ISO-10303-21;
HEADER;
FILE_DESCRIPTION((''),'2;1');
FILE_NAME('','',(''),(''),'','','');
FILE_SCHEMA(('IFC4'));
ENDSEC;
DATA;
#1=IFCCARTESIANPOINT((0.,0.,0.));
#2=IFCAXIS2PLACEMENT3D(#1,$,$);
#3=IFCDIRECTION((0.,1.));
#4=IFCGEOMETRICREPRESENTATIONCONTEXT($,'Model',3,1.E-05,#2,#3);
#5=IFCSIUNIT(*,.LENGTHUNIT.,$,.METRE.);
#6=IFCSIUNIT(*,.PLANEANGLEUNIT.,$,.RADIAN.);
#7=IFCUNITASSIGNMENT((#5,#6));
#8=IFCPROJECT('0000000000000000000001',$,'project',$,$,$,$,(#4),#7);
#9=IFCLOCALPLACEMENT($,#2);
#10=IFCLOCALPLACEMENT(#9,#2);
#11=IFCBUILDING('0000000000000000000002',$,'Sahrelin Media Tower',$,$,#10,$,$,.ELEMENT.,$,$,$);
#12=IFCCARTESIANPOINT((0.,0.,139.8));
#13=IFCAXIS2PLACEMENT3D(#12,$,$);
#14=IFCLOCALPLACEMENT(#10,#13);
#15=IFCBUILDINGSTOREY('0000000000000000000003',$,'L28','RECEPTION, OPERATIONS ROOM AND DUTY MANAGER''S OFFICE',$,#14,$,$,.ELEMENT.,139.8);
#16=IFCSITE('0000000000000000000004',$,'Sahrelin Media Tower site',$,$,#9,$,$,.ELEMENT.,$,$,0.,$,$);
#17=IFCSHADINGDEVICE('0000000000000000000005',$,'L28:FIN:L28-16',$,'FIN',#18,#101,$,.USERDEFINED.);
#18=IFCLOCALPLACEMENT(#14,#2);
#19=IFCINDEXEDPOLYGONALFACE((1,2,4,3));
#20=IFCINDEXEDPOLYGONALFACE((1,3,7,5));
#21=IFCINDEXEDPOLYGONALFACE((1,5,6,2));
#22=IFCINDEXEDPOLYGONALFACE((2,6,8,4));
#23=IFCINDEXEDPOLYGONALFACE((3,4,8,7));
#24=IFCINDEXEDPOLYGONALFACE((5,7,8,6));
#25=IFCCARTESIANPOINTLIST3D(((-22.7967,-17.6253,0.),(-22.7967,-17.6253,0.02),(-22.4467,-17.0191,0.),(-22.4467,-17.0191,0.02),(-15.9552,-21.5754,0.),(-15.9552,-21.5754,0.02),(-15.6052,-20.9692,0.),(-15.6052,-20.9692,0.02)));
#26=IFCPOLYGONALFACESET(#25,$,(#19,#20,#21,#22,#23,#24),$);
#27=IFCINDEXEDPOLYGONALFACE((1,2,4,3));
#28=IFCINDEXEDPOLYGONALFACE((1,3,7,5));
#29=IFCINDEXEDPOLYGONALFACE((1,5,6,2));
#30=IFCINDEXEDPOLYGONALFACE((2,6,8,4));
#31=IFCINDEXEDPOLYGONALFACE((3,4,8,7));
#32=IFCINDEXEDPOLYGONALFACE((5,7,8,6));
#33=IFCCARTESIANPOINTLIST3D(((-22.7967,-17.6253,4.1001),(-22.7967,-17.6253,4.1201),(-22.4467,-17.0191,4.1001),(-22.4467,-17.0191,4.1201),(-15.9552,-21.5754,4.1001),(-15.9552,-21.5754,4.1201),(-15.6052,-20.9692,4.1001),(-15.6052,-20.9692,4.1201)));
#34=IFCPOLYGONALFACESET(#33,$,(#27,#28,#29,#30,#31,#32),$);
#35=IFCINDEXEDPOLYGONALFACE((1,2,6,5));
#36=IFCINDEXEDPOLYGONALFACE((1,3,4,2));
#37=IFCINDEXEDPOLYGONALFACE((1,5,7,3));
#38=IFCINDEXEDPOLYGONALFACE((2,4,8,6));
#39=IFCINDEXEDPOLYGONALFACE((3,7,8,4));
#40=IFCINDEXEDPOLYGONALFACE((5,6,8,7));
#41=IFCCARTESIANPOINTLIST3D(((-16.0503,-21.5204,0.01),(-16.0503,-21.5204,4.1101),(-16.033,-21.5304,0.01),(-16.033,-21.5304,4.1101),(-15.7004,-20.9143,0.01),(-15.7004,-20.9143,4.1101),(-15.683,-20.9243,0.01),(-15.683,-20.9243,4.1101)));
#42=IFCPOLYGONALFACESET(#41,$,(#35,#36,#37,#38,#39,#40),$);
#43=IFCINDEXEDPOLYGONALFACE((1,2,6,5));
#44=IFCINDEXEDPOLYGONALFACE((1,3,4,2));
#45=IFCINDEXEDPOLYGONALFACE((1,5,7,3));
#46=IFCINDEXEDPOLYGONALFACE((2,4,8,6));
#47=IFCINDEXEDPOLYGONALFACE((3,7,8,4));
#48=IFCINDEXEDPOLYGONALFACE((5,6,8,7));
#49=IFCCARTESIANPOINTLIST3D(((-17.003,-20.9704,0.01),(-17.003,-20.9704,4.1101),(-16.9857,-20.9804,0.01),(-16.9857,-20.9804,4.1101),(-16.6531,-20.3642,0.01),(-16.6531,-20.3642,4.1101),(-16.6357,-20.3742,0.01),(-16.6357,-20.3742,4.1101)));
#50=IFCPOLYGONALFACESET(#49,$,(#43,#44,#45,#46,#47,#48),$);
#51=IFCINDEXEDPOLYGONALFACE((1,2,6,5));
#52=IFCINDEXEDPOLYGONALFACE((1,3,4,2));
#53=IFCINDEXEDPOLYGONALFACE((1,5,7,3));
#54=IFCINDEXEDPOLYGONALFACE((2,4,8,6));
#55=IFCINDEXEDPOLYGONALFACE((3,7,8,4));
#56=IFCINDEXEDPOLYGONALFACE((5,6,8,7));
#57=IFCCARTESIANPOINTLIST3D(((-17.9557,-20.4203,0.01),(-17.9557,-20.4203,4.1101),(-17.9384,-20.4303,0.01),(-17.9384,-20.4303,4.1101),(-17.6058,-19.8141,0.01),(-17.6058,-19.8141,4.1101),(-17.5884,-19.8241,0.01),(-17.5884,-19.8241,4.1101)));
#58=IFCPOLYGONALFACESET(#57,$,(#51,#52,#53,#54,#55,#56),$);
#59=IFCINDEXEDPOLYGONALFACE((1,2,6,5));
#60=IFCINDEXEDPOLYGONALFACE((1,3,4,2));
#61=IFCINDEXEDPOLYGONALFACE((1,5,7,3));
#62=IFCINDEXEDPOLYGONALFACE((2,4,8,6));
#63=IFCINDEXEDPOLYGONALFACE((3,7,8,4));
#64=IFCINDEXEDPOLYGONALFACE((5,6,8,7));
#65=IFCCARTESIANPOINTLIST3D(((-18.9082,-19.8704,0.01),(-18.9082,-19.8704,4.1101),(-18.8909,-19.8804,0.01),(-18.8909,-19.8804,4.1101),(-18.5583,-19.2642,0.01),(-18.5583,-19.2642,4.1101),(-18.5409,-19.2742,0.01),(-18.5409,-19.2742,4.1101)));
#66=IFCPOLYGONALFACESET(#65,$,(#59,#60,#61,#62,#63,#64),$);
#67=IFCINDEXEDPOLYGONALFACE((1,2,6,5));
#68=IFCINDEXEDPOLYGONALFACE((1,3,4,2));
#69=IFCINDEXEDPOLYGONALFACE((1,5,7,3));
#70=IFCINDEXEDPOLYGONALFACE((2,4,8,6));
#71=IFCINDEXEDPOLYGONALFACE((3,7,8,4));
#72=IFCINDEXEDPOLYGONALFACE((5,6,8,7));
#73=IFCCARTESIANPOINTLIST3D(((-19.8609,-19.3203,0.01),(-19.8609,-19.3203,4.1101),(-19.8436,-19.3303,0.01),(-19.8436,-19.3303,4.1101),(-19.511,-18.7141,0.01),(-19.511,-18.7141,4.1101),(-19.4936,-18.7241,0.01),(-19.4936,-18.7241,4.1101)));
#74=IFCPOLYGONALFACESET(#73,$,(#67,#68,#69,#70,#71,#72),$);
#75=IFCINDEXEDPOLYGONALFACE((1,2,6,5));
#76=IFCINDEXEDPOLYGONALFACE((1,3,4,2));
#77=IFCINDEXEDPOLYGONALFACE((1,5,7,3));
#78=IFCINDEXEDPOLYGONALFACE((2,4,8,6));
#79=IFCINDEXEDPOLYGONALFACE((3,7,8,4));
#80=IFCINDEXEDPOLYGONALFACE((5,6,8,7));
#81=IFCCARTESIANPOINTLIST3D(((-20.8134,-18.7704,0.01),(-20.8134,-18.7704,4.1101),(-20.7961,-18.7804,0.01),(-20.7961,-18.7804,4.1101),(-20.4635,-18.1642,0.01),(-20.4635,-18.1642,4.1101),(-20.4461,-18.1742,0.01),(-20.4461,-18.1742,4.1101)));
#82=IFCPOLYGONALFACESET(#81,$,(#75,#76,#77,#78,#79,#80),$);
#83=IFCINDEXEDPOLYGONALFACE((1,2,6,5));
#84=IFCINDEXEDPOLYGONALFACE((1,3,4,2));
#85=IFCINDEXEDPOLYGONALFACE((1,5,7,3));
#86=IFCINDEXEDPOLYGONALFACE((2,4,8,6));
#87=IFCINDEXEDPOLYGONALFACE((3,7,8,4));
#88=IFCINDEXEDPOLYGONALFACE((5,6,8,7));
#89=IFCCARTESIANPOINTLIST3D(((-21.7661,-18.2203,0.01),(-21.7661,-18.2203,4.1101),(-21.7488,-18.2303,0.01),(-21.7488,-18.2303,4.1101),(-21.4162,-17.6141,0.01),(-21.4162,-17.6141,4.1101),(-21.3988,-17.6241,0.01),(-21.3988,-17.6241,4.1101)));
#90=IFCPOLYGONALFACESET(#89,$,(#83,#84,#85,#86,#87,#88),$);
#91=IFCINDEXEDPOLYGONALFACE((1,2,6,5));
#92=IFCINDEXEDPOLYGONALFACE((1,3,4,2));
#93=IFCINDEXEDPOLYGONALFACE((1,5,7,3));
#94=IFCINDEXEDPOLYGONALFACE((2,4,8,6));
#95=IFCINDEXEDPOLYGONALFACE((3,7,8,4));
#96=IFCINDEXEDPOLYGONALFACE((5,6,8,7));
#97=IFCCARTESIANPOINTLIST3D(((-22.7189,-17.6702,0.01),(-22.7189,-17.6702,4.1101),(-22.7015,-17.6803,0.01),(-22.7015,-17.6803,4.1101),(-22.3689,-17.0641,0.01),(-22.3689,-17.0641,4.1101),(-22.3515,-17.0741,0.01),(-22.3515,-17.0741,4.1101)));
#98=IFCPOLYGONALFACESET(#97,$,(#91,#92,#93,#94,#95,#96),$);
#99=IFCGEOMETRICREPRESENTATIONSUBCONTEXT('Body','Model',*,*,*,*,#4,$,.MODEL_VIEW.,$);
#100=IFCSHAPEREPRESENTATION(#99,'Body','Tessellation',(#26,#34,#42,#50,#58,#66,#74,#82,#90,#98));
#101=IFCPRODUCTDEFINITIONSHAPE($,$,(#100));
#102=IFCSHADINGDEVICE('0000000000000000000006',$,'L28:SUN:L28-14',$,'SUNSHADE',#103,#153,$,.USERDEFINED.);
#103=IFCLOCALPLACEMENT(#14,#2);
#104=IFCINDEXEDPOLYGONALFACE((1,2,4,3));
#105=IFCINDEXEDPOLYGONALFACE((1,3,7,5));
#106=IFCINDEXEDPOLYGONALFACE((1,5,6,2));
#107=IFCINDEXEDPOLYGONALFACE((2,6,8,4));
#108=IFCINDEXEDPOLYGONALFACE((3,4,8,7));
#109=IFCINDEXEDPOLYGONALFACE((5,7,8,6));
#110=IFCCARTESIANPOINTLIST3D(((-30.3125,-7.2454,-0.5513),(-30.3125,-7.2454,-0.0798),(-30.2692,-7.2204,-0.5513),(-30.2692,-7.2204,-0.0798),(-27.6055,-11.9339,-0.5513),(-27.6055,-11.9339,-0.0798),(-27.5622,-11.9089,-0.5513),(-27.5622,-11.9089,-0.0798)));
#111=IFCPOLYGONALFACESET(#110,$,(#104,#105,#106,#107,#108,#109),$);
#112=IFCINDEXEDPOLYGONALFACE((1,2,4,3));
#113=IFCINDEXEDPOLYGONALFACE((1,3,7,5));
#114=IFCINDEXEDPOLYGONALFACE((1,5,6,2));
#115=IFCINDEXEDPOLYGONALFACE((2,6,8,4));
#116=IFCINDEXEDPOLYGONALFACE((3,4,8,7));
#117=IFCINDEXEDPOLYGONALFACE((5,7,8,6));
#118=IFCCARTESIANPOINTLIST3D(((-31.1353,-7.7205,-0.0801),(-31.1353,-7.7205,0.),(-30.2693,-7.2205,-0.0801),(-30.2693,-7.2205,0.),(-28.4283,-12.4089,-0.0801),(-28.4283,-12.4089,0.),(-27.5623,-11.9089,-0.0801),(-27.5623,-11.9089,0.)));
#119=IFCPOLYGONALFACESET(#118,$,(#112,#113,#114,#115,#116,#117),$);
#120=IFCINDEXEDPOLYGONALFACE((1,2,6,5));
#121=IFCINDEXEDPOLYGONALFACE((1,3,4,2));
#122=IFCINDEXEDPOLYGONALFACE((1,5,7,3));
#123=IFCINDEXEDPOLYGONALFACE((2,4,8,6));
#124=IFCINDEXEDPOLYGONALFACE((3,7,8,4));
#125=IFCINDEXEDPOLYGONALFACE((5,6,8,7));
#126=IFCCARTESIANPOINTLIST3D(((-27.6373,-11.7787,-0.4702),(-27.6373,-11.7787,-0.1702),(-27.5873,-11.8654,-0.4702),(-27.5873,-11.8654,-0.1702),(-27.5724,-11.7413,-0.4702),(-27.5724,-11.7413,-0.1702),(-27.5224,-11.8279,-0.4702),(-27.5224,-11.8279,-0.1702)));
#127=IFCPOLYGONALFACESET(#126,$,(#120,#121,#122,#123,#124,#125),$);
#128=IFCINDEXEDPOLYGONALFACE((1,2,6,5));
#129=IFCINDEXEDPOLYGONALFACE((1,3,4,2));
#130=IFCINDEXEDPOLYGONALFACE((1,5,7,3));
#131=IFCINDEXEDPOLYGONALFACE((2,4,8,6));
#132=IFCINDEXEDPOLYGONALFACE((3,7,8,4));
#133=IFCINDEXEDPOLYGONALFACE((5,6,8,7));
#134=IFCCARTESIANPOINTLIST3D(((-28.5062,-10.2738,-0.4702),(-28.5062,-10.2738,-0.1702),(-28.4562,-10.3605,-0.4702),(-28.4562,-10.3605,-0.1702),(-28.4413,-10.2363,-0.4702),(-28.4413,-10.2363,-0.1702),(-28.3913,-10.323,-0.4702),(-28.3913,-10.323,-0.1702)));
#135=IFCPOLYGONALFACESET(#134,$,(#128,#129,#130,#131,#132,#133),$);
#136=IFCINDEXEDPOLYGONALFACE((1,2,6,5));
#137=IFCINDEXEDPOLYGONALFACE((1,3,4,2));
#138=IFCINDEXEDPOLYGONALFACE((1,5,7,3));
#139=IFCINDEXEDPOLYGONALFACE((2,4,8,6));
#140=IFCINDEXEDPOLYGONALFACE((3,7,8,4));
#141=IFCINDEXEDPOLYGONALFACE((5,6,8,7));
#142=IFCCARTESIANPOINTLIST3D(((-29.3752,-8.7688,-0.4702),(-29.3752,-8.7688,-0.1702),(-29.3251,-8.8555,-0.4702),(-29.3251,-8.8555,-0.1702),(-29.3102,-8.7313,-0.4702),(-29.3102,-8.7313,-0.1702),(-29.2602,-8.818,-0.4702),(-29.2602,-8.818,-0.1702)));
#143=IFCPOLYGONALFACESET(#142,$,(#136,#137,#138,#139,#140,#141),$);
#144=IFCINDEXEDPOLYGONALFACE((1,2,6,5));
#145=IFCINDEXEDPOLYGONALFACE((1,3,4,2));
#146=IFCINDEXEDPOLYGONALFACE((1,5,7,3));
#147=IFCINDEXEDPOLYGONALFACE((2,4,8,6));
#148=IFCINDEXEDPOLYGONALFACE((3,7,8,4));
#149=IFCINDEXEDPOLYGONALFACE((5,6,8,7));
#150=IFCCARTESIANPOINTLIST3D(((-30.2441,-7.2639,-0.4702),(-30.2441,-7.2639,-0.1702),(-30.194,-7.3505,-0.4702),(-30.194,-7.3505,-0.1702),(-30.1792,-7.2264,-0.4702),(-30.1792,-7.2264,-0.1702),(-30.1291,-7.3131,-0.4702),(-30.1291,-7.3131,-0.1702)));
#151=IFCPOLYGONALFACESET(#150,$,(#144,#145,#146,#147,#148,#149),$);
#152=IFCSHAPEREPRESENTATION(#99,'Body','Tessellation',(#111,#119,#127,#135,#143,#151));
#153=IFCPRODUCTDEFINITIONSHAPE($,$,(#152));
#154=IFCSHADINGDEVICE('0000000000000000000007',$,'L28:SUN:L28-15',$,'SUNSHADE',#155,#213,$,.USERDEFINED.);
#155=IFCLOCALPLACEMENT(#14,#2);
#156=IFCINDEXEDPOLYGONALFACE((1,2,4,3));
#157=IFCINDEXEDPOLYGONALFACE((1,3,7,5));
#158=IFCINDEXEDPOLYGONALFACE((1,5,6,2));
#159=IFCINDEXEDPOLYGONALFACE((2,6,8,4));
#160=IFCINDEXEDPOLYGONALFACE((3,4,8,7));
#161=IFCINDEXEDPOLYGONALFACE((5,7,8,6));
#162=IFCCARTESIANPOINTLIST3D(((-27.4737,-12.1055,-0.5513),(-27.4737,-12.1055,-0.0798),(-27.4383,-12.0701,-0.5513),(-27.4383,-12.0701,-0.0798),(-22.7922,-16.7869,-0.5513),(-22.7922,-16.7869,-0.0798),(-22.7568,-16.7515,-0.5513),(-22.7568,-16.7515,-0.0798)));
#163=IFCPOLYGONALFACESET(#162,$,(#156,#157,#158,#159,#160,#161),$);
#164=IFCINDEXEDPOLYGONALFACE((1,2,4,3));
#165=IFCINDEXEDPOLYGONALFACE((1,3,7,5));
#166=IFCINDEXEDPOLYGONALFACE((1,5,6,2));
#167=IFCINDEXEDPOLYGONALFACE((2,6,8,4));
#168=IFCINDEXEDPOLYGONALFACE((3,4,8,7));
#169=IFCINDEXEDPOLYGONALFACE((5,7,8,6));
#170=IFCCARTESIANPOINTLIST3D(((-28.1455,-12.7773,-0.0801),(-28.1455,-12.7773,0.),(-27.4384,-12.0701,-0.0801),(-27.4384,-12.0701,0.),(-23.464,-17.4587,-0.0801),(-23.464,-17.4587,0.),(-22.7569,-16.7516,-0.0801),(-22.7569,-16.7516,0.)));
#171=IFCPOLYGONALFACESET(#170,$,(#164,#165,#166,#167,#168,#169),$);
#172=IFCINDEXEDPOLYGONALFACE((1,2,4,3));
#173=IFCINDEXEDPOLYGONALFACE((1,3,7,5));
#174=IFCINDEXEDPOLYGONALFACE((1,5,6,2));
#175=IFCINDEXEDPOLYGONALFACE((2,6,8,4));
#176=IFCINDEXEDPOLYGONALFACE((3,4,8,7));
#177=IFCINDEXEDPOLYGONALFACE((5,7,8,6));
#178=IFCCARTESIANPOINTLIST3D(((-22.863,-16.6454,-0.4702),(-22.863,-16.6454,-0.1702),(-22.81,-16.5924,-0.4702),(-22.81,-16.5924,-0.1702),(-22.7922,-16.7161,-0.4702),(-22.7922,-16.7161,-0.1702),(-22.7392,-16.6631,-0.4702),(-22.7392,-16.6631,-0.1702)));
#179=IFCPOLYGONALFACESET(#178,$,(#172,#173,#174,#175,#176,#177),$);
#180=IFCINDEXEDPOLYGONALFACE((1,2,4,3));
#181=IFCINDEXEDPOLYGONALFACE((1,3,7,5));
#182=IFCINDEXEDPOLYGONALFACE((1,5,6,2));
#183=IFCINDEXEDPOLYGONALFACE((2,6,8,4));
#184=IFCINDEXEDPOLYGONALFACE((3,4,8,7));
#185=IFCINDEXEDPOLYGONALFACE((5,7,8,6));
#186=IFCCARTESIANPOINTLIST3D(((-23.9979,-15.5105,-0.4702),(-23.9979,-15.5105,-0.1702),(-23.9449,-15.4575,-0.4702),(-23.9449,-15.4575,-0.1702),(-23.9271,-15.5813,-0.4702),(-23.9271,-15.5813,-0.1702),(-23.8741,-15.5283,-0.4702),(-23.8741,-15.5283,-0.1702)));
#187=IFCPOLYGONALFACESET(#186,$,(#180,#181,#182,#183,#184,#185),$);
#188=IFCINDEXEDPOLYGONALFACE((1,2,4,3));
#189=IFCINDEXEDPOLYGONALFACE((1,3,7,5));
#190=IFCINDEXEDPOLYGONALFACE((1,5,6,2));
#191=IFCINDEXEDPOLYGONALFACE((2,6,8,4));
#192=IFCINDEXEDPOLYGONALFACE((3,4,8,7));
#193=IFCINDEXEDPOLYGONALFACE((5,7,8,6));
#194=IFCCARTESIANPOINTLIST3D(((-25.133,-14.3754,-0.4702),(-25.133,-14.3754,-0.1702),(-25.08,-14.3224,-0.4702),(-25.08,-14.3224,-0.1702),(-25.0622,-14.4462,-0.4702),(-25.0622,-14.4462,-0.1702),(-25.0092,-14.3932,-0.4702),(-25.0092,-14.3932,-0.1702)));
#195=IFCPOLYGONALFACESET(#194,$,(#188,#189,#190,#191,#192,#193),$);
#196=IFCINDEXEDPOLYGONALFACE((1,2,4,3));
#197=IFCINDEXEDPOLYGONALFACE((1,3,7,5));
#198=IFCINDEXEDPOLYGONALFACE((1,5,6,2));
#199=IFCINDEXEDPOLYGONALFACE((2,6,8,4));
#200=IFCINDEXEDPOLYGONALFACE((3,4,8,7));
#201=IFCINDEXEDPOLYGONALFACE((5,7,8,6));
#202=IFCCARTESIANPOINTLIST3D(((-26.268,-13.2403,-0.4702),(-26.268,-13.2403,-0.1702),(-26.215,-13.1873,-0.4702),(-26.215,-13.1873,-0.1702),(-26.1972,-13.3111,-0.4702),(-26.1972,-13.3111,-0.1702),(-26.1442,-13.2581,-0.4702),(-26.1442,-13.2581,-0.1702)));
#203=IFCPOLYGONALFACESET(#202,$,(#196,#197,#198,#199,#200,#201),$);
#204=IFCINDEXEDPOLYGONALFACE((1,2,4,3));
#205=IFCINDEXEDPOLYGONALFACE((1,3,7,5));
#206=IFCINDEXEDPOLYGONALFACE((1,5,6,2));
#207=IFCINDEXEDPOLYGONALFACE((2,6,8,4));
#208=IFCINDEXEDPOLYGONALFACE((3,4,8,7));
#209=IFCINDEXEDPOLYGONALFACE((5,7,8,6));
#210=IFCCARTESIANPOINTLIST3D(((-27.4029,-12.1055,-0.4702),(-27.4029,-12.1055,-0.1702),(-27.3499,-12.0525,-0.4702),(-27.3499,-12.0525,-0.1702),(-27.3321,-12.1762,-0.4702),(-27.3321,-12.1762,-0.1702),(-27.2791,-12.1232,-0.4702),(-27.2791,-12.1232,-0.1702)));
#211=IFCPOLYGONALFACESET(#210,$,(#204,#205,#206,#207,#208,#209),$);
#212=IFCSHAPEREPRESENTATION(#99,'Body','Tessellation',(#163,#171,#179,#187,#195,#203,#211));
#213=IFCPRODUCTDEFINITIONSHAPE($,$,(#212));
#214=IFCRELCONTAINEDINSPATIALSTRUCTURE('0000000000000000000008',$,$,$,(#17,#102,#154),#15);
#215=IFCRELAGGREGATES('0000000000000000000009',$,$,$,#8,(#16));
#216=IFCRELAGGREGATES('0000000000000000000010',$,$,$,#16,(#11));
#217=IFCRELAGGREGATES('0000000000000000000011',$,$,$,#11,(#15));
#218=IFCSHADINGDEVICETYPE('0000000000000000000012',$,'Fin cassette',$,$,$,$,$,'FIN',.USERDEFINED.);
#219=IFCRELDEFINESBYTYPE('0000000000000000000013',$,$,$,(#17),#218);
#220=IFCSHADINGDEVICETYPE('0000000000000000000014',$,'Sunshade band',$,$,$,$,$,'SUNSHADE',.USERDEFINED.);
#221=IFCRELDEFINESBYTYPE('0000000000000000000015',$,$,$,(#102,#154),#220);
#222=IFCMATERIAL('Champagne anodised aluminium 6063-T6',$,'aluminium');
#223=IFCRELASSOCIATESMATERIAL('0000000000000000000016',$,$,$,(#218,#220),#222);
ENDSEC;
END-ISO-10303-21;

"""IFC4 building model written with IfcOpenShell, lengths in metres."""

from ifc_helpers import new_model, si_unit, direction, frame, origin, origin_2d, place, context, subcontext, project, spatial, rectangle, extrude, material, type_object, element, save


model = new_model("IFC4")

# Units and contexts
model_context = context("Model", 3, precision=1e-05, world=origin(), true_north=direction((0.0, 1.0)))
body_context = subcontext(model_context, "Body", "Model", "MODEL_VIEW")
ifc_project = project(units=[si_unit("LENGTHUNIT", "METRE"), si_unit("PLANEANGLEUNIT", "RADIAN")], contexts=[model_context])

# Site, building, storey
site_placement = place(None, origin())
site = spatial("IfcSite", under=ifc_project, at=site_placement, Name="Sahrelin Media Tower site", CompositionType="ELEMENT", RefElevation=0.0)
building_placement = place(site_placement, origin())
building = spatial("IfcBuilding", under=site, at=building_placement, Name="Sahrelin Media Tower", CompositionType="ELEMENT")
storey_placement = place(building_placement, frame((0.0, 0.0, 139.8)))
storey = spatial("IfcBuildingStorey", under=building, at=storey_placement, Name="L28", Description="RECEPTION, OPERATIONS ROOM AND DUTY MANAGER'S OFFICE", CompositionType="ELEMENT", Elevation=139.8)

# Shared definitions
ifc_material_1 = material(Name="Champagne anodised aluminium 6063-T6", Category="aluminium")

# Shading devices
shading_device_type_1 = type_object("IfcShadingDeviceType", Name="Fin cassette", ElementType="FIN", PredefinedType="USERDEFINED", material=ifc_material_1)
placement_1 = place(storey_placement, frame((-25.0835, -14.3967, 0.0), z_axis=(0.0, 0.0, 1.0), x_axis=(-0.707107, 0.707107, 0.0)))
placement_2 = place(storey_placement, frame((-18.991, -18.9336, 0.0), z_axis=(0.0, 0.0, 1.0), x_axis=(-0.866019, 0.500011, 0.0)))
element("IfcShadingDevice", 1, at=placement_2, inside=storey, type_object=shading_device_type_1, Name="L28:FIN:L28-16", ObjectType="FIN", PredefinedType="USERDEFINED", context=body_context, shape_type="SweptSolid", body=[
    extrude(rectangle(XDim=7.8999, YDim=0.7, at=origin_2d()), frame((0.0, 0.4199, 0.0)), (0.0, 0.0, 1.0), 0.02),
    extrude(rectangle(XDim=7.8999, YDim=0.7, at=origin_2d()), frame((0.0, 0.4199, 4.1001)), (0.0, 0.0, 1.0), 0.02),
    extrude(rectangle(XDim=0.02, YDim=0.7, at=origin_2d()), frame((-3.8501, 0.4199, 0.01), z_axis=(0.0, 0.0, 1.0), x_axis=(1.0, 0.0, 0.0)), (0.0, 0.0, 1.0), 4.1001),
    extrude(rectangle(XDim=0.02, YDim=0.7, at=origin_2d()), frame((-2.75, 0.4199, 0.01), z_axis=(0.0, 0.0, 1.0), x_axis=(1.0, 0.0, 0.0)), (0.0, 0.0, 1.0), 4.1001),
    extrude(rectangle(XDim=0.02, YDim=0.7, at=origin_2d()), frame((-1.6499, 0.4199, 0.01), z_axis=(0.0, 0.0, 1.0), x_axis=(1.0, 0.0, 0.0)), (0.0, 0.0, 1.0), 4.1001),
    extrude(rectangle(XDim=0.02, YDim=0.7, at=origin_2d()), frame((-0.55, 0.4199, 0.01), z_axis=(0.0, 0.0, 1.0), x_axis=(1.0, 0.0, 0.0)), (0.0, 0.0, 1.0), 4.1001),
    extrude(rectangle(XDim=0.02, YDim=0.7, at=origin_2d()), frame((0.55, 0.4199, 0.01), z_axis=(0.0, 0.0, 1.0), x_axis=(1.0, 0.0, 0.0)), (0.0, 0.0, 1.0), 4.1001),
    extrude(rectangle(XDim=0.02, YDim=0.7, at=origin_2d()), frame((1.6499, 0.4199, 0.01), z_axis=(0.0, 0.0, 1.0), x_axis=(1.0, 0.0, 0.0)), (0.0, 0.0, 1.0), 4.1001),
    extrude(rectangle(XDim=0.02, YDim=0.7, at=origin_2d()), frame((2.75, 0.4199, 0.01), z_axis=(0.0, 0.0, 1.0), x_axis=(1.0, 0.0, 0.0)), (0.0, 0.0, 1.0), 4.1001),
    extrude(rectangle(XDim=0.02, YDim=0.7, at=origin_2d()), frame((3.8501, 0.4199, 0.01), z_axis=(0.0, 0.0, 1.0), x_axis=(1.0, 0.0, 0.0)), (0.0, 0.0, 1.0), 4.1001),
])
shading_device_type_2 = type_object("IfcShadingDeviceType", Name="Sunshade band", ElementType="SUNSHADE", PredefinedType="USERDEFINED", material=ifc_material_1)
shading_device_1_placement = place(storey_placement, frame((-28.8984, -9.5547, 0.0), z_axis=(0.0, 0.0, 1.0), x_axis=(-0.500011, 0.866019, 0.0)))
element("IfcShadingDevice", 2, at=shading_device_1_placement, inside=storey, type_object=shading_device_type_2, Name="L28:SUN:L28-14", ObjectType="SUNSHADE", PredefinedType="USERDEFINED", context=body_context, shape_type="SweptSolid", body=[
    extrude(rectangle(XDim=5.4138, YDim=0.05, at=origin_2d()), frame((0.0, 0.0449, -0.5513)), (0.0, 0.0, 1.0), 0.4714),
    extrude(rectangle(XDim=5.4138, YDim=1.0, at=origin_2d()), frame((0.0, 0.52, -0.0801)), (0.0, 0.0, 1.0), 0.0801),
    extrude(rectangle(XDim=0.1001, YDim=0.075, at=origin_2d()), frame((-2.6067, -0.0176, -0.4702)), (0.0, 0.0, 1.0), 0.3),
    extrude(rectangle(XDim=0.1001, YDim=0.075, at=origin_2d()), frame((-0.8689, -0.0176, -0.4702)), (0.0, 0.0, 1.0), 0.3),
    extrude(rectangle(XDim=0.1001, YDim=0.075, at=origin_2d()), frame((0.8689, -0.0176, -0.4702)), (0.0, 0.0, 1.0), 0.3),
    extrude(rectangle(XDim=0.1001, YDim=0.075, at=origin_2d()), frame((2.6067, -0.0176, -0.4702)), (0.0, 0.0, 1.0), 0.3),
])
element("IfcShadingDevice", 3, at=placement_1, inside=storey, type_object=shading_device_type_2, Name="L28:SUN:L28-15", ObjectType="SUNSHADE", PredefinedType="USERDEFINED", context=body_context, shape_type="SweptSolid", body=[
    extrude(rectangle(XDim=6.6206, YDim=0.05, at=origin_2d()), frame((0.0, 0.0449, -0.5513)), (0.0, 0.0, 1.0), 0.4714),
    extrude(rectangle(XDim=6.6206, YDim=1.0, at=origin_2d()), frame((0.0, 0.52, -0.0801)), (0.0, 0.0, 1.0), 0.0801),
    extrude(rectangle(XDim=0.1001, YDim=0.075, at=origin_2d()), frame((-3.2102, -0.0176, -0.4702)), (0.0, 0.0, 1.0), 0.3),
    extrude(rectangle(XDim=0.1001, YDim=0.075, at=origin_2d()), frame((-1.6052, -0.0176, -0.4702)), (0.0, 0.0, 1.0), 0.3),
    extrude(rectangle(XDim=0.1001, YDim=0.075, at=origin_2d()), frame((0.0, -0.0176, -0.4702)), (0.0, 0.0, 1.0), 0.3),
    extrude(rectangle(XDim=0.1001, YDim=0.075, at=origin_2d()), frame((1.6052, -0.0176, -0.4702)), (0.0, 0.0, 1.0), 0.3),
    extrude(rectangle(XDim=0.1001, YDim=0.075, at=origin_2d()), frame((3.2102, -0.0176, -0.4702)), (0.0, 0.0, 1.0), 0.3),
])

save(model, "model.ifc")
